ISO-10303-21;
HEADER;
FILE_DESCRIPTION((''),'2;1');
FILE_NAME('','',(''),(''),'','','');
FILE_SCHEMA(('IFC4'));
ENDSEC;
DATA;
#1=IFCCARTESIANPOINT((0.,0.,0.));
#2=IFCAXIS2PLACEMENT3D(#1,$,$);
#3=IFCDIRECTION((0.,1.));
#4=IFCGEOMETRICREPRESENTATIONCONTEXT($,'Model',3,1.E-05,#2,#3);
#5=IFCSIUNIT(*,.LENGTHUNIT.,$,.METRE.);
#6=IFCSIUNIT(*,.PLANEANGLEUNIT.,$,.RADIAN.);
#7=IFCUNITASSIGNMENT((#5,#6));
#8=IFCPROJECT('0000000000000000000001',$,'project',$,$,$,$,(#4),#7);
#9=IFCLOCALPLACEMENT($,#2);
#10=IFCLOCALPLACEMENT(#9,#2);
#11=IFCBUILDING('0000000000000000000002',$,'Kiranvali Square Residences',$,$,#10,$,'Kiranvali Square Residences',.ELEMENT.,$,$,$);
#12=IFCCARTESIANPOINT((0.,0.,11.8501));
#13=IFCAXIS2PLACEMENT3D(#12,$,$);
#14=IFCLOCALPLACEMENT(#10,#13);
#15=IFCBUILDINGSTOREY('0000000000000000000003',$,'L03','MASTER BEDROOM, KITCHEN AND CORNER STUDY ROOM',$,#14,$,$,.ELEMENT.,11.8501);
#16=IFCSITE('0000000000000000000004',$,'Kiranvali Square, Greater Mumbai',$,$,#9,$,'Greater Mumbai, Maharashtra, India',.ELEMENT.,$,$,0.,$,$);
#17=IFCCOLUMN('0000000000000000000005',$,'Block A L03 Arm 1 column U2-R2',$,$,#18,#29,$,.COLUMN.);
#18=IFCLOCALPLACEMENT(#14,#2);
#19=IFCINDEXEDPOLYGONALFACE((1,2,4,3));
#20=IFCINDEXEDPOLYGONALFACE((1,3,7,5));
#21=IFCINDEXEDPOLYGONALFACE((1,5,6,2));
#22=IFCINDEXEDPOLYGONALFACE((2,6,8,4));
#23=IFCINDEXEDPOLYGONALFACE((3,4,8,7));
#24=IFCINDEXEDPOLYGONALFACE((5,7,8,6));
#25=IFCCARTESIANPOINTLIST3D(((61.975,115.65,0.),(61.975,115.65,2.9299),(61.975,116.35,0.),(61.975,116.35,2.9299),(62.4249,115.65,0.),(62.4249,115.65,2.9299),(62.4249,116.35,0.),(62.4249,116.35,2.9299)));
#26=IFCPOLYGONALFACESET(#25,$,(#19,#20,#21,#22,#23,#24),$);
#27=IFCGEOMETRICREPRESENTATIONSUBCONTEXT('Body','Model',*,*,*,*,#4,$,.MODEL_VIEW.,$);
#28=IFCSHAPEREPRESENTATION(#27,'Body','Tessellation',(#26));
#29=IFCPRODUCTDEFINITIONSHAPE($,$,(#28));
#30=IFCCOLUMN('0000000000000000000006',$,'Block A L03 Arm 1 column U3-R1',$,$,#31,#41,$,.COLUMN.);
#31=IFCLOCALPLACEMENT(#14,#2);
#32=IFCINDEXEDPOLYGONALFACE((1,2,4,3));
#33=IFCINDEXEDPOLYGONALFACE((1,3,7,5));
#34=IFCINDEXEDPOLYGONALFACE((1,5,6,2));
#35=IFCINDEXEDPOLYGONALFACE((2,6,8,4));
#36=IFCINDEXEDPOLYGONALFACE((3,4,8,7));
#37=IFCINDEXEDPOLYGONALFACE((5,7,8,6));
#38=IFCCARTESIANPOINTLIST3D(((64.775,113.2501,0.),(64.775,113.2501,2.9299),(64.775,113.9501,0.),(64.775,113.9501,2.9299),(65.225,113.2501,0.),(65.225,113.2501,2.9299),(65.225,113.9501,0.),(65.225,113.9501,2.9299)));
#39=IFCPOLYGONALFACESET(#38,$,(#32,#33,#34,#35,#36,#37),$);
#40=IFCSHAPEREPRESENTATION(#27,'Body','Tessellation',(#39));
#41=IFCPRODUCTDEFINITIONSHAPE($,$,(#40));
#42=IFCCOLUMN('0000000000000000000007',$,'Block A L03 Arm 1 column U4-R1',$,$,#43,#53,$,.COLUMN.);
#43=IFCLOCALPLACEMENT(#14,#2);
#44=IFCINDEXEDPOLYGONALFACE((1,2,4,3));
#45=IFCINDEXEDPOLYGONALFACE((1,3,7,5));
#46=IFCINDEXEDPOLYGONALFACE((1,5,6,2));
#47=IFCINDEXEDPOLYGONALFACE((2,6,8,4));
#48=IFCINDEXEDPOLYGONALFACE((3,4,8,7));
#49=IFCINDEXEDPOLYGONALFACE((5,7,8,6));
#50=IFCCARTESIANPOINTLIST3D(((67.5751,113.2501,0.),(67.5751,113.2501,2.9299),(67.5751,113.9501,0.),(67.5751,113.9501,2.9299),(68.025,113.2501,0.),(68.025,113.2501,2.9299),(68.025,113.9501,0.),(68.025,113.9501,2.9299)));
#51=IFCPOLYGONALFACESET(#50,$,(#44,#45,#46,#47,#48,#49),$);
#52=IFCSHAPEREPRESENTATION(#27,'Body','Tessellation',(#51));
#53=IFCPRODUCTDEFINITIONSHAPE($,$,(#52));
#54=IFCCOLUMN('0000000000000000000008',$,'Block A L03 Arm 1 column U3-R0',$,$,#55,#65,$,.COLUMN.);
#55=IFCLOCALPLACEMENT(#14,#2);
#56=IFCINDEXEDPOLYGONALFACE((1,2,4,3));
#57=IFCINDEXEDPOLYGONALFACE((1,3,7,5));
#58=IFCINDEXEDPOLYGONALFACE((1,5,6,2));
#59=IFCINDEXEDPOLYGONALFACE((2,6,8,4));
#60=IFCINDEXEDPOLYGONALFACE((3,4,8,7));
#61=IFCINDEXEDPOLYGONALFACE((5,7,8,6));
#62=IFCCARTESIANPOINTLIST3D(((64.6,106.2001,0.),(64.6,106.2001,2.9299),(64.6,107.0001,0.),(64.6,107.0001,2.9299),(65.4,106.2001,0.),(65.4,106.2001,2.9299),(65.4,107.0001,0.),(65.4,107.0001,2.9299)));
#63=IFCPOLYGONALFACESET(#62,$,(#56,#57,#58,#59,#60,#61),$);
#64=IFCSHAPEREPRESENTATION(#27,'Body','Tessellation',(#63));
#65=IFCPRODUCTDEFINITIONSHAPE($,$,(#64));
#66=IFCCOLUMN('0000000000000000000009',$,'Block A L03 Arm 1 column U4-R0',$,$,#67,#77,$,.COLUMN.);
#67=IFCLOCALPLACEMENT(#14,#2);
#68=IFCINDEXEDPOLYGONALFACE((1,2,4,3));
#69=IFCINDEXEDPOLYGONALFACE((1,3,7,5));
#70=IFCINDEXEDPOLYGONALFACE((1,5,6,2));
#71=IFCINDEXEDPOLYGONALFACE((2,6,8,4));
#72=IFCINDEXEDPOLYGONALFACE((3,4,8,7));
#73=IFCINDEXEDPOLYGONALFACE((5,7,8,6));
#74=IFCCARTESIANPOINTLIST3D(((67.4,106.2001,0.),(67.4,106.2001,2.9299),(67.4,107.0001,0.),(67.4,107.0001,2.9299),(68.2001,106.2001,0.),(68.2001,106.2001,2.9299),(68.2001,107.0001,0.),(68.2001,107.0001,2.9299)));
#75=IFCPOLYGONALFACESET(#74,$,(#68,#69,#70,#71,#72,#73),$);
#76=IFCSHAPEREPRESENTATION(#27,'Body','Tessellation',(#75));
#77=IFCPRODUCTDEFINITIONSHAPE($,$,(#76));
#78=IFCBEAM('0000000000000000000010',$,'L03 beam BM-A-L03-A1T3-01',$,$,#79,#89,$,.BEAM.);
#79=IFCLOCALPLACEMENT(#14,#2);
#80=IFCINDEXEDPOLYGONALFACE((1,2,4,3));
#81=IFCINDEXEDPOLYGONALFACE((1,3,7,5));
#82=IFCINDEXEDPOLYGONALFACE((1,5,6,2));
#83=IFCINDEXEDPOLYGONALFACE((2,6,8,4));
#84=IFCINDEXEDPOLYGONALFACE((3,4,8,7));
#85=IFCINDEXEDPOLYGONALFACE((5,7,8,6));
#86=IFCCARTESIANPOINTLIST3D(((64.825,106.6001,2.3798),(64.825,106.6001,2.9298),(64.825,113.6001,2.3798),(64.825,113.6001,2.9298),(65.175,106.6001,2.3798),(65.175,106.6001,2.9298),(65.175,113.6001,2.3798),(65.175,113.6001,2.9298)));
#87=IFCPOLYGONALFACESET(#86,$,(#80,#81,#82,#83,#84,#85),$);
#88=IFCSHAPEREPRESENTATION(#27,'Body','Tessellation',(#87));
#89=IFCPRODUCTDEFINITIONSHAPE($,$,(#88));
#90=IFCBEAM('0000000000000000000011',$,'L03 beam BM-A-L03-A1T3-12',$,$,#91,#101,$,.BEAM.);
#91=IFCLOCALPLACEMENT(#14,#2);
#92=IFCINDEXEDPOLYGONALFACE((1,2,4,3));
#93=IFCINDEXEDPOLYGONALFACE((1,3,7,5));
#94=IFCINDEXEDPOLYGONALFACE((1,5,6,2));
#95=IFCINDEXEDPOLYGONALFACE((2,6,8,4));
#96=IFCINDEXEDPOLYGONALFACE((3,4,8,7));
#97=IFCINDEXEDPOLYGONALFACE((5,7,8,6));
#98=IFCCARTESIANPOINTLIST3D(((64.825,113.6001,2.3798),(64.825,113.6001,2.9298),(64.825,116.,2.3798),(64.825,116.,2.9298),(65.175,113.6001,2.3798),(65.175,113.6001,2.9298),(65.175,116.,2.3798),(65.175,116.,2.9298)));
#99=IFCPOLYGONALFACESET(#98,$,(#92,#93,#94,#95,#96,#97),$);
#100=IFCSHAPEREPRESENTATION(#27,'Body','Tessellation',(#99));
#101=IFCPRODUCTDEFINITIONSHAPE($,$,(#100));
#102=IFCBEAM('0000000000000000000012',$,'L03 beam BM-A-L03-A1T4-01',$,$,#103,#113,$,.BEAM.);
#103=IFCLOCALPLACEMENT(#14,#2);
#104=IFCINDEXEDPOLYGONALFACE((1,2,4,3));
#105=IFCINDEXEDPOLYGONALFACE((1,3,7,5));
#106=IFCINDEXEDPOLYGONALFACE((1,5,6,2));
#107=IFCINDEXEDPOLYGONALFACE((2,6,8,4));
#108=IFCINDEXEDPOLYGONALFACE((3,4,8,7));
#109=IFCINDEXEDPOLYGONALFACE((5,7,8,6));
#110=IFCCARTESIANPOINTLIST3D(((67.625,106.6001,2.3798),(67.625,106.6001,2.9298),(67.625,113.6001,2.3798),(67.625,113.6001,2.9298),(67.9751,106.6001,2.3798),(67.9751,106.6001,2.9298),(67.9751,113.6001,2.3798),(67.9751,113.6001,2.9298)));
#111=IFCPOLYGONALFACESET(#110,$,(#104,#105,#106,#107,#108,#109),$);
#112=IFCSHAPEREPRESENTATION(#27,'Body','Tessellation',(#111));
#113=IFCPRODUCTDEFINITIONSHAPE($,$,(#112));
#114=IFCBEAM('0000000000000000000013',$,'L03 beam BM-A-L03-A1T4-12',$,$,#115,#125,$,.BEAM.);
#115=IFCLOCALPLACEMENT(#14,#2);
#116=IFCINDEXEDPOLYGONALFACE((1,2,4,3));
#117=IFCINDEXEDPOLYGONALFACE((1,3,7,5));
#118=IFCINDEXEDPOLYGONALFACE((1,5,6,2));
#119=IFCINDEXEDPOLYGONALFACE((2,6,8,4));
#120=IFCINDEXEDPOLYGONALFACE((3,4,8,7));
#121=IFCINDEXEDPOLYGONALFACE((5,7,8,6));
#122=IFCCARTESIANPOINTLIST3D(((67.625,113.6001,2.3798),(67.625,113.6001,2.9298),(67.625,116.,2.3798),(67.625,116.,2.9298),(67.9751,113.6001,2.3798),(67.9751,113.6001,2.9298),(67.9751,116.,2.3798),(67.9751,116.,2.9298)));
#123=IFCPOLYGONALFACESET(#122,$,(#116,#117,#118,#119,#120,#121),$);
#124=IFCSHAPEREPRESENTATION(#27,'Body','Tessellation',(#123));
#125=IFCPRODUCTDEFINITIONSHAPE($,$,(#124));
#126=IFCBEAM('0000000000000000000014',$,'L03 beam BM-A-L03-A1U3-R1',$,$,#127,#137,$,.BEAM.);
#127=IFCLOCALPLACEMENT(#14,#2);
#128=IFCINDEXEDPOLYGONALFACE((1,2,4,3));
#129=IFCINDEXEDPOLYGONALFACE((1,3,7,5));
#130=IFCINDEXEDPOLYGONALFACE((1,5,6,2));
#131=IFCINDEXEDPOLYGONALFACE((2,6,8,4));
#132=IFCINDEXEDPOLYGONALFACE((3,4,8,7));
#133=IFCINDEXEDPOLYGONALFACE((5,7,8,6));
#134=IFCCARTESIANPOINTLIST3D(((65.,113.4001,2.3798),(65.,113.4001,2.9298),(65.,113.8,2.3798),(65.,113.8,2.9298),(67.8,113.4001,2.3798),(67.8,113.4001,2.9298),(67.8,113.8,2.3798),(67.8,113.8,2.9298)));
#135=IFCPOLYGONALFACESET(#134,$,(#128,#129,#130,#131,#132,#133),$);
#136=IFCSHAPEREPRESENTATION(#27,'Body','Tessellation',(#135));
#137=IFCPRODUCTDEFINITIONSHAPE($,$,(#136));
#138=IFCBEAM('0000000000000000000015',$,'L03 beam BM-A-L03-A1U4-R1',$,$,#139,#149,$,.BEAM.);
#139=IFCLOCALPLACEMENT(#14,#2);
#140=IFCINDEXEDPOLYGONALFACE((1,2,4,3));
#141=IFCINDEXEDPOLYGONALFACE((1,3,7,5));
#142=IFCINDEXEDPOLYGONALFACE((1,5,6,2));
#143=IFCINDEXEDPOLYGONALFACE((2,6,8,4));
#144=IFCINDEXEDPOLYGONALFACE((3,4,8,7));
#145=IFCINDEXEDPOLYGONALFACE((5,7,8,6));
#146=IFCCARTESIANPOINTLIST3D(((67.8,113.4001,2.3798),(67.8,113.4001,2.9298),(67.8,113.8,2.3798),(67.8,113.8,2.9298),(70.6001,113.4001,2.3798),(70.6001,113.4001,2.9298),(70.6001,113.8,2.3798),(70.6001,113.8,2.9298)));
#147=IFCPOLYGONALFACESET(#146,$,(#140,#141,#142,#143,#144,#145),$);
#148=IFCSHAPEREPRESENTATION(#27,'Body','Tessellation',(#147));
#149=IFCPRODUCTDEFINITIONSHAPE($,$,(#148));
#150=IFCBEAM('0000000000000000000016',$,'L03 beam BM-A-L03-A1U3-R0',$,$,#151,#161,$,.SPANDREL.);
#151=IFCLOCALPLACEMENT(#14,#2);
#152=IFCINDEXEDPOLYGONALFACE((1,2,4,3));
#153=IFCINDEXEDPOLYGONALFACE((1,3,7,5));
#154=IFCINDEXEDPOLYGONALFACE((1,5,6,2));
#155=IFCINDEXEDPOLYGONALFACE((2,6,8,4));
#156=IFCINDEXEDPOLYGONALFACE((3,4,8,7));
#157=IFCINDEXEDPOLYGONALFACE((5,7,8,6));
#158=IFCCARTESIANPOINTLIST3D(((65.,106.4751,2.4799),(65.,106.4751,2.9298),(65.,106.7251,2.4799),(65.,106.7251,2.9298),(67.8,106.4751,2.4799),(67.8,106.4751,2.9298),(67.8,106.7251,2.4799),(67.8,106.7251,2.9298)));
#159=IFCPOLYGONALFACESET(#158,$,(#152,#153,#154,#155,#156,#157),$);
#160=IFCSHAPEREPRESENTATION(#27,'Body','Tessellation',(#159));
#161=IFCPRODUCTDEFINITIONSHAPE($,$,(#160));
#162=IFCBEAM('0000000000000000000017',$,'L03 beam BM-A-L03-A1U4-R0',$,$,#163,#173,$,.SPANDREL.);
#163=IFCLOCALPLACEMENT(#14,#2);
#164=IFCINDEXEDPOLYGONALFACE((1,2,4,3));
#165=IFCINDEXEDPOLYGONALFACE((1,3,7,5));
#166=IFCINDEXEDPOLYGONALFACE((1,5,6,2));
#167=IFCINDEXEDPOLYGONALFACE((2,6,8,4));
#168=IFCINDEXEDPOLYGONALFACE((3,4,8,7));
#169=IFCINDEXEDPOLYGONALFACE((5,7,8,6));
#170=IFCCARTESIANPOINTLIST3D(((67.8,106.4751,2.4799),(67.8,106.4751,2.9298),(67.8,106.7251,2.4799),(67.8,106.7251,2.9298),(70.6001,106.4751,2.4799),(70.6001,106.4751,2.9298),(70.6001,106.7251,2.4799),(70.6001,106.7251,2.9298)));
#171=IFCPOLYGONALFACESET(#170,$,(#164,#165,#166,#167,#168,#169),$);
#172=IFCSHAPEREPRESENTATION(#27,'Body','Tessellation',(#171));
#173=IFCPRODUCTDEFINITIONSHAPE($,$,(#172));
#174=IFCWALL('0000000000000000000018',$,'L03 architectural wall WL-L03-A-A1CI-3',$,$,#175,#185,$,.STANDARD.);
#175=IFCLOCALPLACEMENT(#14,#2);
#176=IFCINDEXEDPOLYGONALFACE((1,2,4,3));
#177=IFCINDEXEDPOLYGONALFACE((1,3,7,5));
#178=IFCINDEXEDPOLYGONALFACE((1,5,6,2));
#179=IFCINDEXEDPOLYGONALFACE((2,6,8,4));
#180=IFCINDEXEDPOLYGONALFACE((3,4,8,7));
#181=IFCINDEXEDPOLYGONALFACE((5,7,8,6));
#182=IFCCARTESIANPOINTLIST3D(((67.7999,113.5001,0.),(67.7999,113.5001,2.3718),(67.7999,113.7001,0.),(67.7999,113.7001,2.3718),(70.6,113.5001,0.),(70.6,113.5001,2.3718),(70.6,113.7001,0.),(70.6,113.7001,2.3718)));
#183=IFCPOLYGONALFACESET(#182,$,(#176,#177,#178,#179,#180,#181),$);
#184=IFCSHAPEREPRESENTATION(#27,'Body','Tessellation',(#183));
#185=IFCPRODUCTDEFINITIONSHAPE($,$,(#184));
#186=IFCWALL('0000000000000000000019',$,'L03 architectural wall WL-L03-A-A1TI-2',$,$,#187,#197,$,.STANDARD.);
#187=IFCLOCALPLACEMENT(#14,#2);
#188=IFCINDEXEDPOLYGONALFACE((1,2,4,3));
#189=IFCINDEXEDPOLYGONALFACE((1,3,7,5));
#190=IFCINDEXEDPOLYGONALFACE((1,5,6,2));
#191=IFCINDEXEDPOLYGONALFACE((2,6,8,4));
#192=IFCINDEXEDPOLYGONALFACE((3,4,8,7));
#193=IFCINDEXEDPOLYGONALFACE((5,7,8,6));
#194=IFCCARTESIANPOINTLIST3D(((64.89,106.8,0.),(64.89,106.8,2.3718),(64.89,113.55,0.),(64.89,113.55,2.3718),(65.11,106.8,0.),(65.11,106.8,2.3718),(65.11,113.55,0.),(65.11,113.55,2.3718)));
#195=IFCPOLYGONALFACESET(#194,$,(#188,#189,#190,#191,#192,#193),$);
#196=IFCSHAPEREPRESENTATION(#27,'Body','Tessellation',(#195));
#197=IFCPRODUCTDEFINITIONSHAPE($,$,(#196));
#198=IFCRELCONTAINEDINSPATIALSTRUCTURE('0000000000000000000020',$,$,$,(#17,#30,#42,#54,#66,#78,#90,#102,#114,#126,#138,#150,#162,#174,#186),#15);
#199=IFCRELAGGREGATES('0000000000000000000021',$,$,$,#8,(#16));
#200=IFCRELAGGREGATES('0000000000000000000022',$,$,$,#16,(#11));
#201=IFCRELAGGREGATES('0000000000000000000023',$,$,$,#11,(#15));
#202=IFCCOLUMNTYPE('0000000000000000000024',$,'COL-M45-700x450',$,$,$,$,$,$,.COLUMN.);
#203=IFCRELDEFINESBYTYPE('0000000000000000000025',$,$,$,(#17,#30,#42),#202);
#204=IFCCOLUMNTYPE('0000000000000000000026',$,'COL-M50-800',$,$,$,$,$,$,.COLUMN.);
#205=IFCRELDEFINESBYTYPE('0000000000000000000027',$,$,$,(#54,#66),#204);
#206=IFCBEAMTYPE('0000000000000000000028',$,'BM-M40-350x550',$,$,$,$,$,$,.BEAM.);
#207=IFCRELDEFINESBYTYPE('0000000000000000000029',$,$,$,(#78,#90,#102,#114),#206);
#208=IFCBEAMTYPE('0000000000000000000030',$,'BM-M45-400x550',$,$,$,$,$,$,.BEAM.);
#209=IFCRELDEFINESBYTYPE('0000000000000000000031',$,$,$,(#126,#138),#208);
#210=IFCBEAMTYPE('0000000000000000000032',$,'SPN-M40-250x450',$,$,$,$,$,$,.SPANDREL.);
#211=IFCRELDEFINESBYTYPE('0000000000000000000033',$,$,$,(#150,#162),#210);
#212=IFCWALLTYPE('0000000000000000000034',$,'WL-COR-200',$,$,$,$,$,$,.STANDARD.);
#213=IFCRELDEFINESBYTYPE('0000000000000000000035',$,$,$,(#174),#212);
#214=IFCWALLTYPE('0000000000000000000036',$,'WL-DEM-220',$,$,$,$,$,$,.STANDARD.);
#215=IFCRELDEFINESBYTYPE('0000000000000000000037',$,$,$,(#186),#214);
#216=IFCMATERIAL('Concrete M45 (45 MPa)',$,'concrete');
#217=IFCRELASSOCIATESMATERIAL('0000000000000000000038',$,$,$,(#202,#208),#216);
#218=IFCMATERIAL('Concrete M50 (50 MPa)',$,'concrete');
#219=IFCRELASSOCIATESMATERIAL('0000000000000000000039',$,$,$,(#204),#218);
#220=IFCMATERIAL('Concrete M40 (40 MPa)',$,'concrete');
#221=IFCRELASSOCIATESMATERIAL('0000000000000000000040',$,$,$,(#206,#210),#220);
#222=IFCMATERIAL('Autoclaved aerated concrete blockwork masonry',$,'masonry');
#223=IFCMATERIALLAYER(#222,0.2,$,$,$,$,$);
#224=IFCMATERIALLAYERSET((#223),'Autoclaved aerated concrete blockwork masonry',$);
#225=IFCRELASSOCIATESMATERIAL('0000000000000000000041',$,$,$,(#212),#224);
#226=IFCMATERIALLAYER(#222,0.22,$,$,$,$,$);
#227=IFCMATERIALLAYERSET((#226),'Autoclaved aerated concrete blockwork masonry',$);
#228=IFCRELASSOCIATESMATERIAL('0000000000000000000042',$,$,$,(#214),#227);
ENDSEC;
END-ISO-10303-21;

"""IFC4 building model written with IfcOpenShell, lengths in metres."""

from ifc_helpers import new_model, si_unit, direction, frame, frame_2d, origin, origin_2d, place, context, subcontext, project, spatial, rectangle, extrude, material, layer, layer_set, material_profile, profile_set, type_object, element, save


model = new_model("IFC4")

# Units and contexts
model_context = context("Model", 3, precision=1e-05, world=origin(), true_north=direction((0.0, 1.0)))
body_context = subcontext(model_context, "Body", "Model", "MODEL_VIEW")
ifc_project = project(units=[si_unit("LENGTHUNIT", "METRE"), si_unit("PLANEANGLEUNIT", "RADIAN")], contexts=[model_context])

# Site, building, storey
site_placement = place(None, origin())
site = spatial("IfcSite", under=ifc_project, at=site_placement, Name="Kiranvali Square, Greater Mumbai", LongName="Greater Mumbai, Maharashtra, India", CompositionType="ELEMENT", RefElevation=0.0)
building_placement = place(site_placement, origin())
building = spatial("IfcBuilding", under=site, at=building_placement, Name="Kiranvali Square Residences", LongName="Kiranvali Square Residences", CompositionType="ELEMENT")
storey_placement = place(building_placement, frame((0.0, 0.0, 11.8501)))
storey = spatial("IfcBuildingStorey", under=building, at=storey_placement, Name="L03", Description="MASTER BEDROOM, KITCHEN AND CORNER STUDY ROOM", CompositionType="ELEMENT", Elevation=11.8501)

# Columns
ifc_material_1 = material(Name="Concrete M45 (45 MPa)", Category="concrete")
ifc_material_profile_1 = material_profile(ifc_material_1, rectangle(XDim=0.45, YDim=0.7, at=origin_2d()), Name="RC 700x450")
ifc_profile_set_1 = profile_set([ifc_material_profile_1], Name="Concrete M45 (45 MPa)")
column_type_1 = type_object("IfcColumnType", Name="COL-M45-700x450", PredefinedType="COLUMN", material=ifc_profile_set_1)
for number, where, z_axis, x_axis, name in (
    (1, (62.2, 116.0, 0.0), (0.0, 0.0, 1.0), (1.0, 0.0, 0.0), "Block A L03 Arm 1 column U2-R2"),
    (2, (65.0, 113.6001, 0.0), (0.0, 0.0, 1.0), (1.0, 0.0, 0.0), "Block A L03 Arm 1 column U3-R1"),
    (3, (67.8, 113.6001, 0.0), (0.0, 0.0, 1.0), (1.0, 0.0, 0.0), "Block A L03 Arm 1 column U4-R1"),
):
    element("IfcColumn", number, at=place(storey_placement, frame(where, z_axis=z_axis, x_axis=x_axis)), inside=storey, type_object=column_type_1, Name=name, PredefinedType="COLUMN", context=body_context, shape_type="SweptSolid", body=[
        extrude(rectangle(XDim=0.45, YDim=0.7, at=origin_2d()), origin(), (0.0, 0.0, 1.0), 2.9299),
    ])
ifc_material_2 = material(Name="Concrete M50 (50 MPa)", Category="concrete")
ifc_material_profile_2 = material_profile(ifc_material_2, rectangle(XDim=0.8, YDim=0.8, at=origin_2d()), Name="RC 800x800")
ifc_profile_set_2 = profile_set([ifc_material_profile_2], Name="Concrete M50 (50 MPa)")
column_type_2 = type_object("IfcColumnType", Name="COL-M50-800", PredefinedType="COLUMN", material=ifc_profile_set_2)
for number, where, z_axis, x_axis, name in (
    (4, (65.0, 106.6001, 0.0), (0.0, 0.0, 1.0), (1.0, 0.0, 0.0), "Block A L03 Arm 1 column U3-R0"),
    (5, (67.8, 106.6001, 0.0), (0.0, 0.0, 1.0), (1.0, 0.0, 0.0), "Block A L03 Arm 1 column U4-R0"),
):
    element("IfcColumn", number, at=place(storey_placement, frame(where, z_axis=z_axis, x_axis=x_axis)), inside=storey, type_object=column_type_2, Name=name, PredefinedType="COLUMN", context=body_context, shape_type="SweptSolid", body=[
        extrude(rectangle(XDim=0.8, YDim=0.8, at=origin_2d()), origin(), (0.0, 0.0, 1.0), 2.9299),
    ])

# Beams
ifc_material_3 = material(Name="Concrete M40 (40 MPa)", Category="concrete")
ifc_material_profile_3 = material_profile(ifc_material_3, rectangle(XDim=0.3501, YDim=0.55, at=origin_2d()), Name="RC 350x550")
ifc_profile_set_3 = profile_set([ifc_material_profile_3], Name="Concrete M40 (40 MPa)")
beam_type_1 = type_object("IfcBeamType", Name="BM-M40-350x550", PredefinedType="BEAM", material=ifc_profile_set_3)
beam_1_placement = place(storey_placement, frame((65.0, 106.6001, 2.6548), z_axis=(0.0, 1.0, 0.0), x_axis=(-1.0, 0.0, 0.0)))
element("IfcBeam", 6, at=beam_1_placement, inside=storey, type_object=beam_type_1, Name="L03 beam BM-A-L03-A1T3-01", PredefinedType="BEAM", context=body_context, shape_type="SweptSolid", body=[
    extrude(rectangle(XDim=0.3501, YDim=0.55, at=origin_2d()), origin(), (0.0, 0.0, 1.0), 7.0),
])
beam_2_placement = place(storey_placement, frame((65.0, 113.6001, 2.6548), z_axis=(0.0, 1.0, 0.0), x_axis=(-1.0, 0.0, 0.0)))
element("IfcBeam", 7, at=beam_2_placement, inside=storey, type_object=beam_type_1, Name="L03 beam BM-A-L03-A1T3-12", PredefinedType="BEAM", context=body_context, shape_type="SweptSolid", body=[
    extrude(rectangle(XDim=0.3501, YDim=0.55, at=origin_2d()), origin(), (0.0, 0.0, 1.0), 2.3999),
])
beam_3_placement = place(storey_placement, frame((67.8, 106.6001, 2.6548), z_axis=(0.0, 1.0, 0.0), x_axis=(-1.0, 0.0, 0.0)))
element("IfcBeam", 8, at=beam_3_placement, inside=storey, type_object=beam_type_1, Name="L03 beam BM-A-L03-A1T4-01", PredefinedType="BEAM", context=body_context, shape_type="SweptSolid", body=[
    extrude(rectangle(XDim=0.3501, YDim=0.55, at=origin_2d()), origin(), (0.0, 0.0, 1.0), 7.0),
])
beam_4_placement = place(storey_placement, frame((67.8, 113.6001, 2.6548), z_axis=(0.0, 1.0, 0.0), x_axis=(-1.0, 0.0, 0.0)))
element("IfcBeam", 9, at=beam_4_placement, inside=storey, type_object=beam_type_1, Name="L03 beam BM-A-L03-A1T4-12", PredefinedType="BEAM", context=body_context, shape_type="SweptSolid", body=[
    extrude(rectangle(XDim=0.3501, YDim=0.55, at=origin_2d()), origin(), (0.0, 0.0, 1.0), 2.3999),
])
ifc_material_profile_4 = material_profile(ifc_material_1, rectangle(XDim=0.3999, YDim=0.55, at=origin_2d()), Name="RC 400x550")
ifc_profile_set_4 = profile_set([ifc_material_profile_4], Name="Concrete M45 (45 MPa)")
beam_type_2 = type_object("IfcBeamType", Name="BM-M45-400x550", PredefinedType="BEAM", material=ifc_profile_set_4)
for number, where, z_axis, x_axis, name in (
    (10, (65.0, 113.6001, 2.6548), (1.0, 0.0, 0.0), (0.0, 1.0, 0.0), "L03 beam BM-A-L03-A1U3-R1"),
    (11, (67.8, 113.6001, 2.6548), (1.0, 0.0, 0.0), (0.0, 1.0, 0.0), "L03 beam BM-A-L03-A1U4-R1"),
):
    element("IfcBeam", number, at=place(storey_placement, frame(where, z_axis=z_axis, x_axis=x_axis)), inside=storey, type_object=beam_type_2, Name=name, PredefinedType="BEAM", context=body_context, shape_type="SweptSolid", body=[
        extrude(rectangle(XDim=0.3999, YDim=0.55, at=origin_2d()), origin(), (0.0, 0.0, 1.0), 2.8),
    ])
ifc_material_profile_5 = material_profile(ifc_material_3, rectangle(XDim=0.25, YDim=0.45, at=origin_2d()), Name="RC 250x450")
ifc_profile_set_5 = profile_set([ifc_material_profile_5], Name="Concrete M40 (40 MPa)")
beam_type_3 = type_object("IfcBeamType", Name="SPN-M40-250x450", PredefinedType="SPANDREL", material=ifc_profile_set_5)
for number, where, z_axis, x_axis, name in (
    (12, (65.0, 106.6001, 2.7048), (1.0, 0.0, 0.0), (0.0, 1.0, 0.0), "L03 beam BM-A-L03-A1U3-R0"),
    (13, (67.8, 106.6001, 2.7048), (1.0, 0.0, 0.0), (0.0, 1.0, 0.0), "L03 beam BM-A-L03-A1U4-R0"),
):
    element("IfcBeam", number, at=place(storey_placement, frame(where, z_axis=z_axis, x_axis=x_axis)), inside=storey, type_object=beam_type_3, Name=name, PredefinedType="SPANDREL", context=body_context, shape_type="SweptSolid", body=[
        extrude(rectangle(XDim=0.25, YDim=0.45, at=origin_2d()), origin(), (0.0, 0.0, 1.0), 2.8),
    ])

# Shared definitions
ifc_material_4 = material(Name="Autoclaved aerated concrete blockwork masonry", Category="masonry")
ifc_layer_1 = layer(ifc_material_4, 0.2)
ifc_layer_set_1 = layer_set([ifc_layer_1], Name="Autoclaved aerated concrete blockwork masonry")
wall_type_1 = type_object("IfcWallType", Name="WL-COR-200", PredefinedType="STANDARD", material=ifc_layer_set_1)

# Walls
wall_1_placement = place(storey_placement, frame((67.8, 113.6001, 0.0), z_axis=(0.0, 0.0, 1.0), x_axis=(1.0, 0.0, 0.0)))
element("IfcWall", 14, at=wall_1_placement, inside=storey, type_object=wall_type_1, Name="L03 architectural wall WL-L03-A-A1CI-3", PredefinedType="STANDARD", context=body_context, shape_type="SweptSolid", body=[
    extrude(rectangle(XDim=2.8, YDim=0.2, at=frame_2d((1.3999, 0.0))), origin(), (0.0, 0.0, 1.0), 2.3718),
])
ifc_layer_2 = layer(ifc_material_4, 0.22)
ifc_layer_set_2 = layer_set([ifc_layer_2], Name="Autoclaved aerated concrete blockwork masonry")
wall_type_2 = type_object("IfcWallType", Name="WL-DEM-220", PredefinedType="STANDARD", material=ifc_layer_set_2)
wall_2_placement = place(storey_placement, frame((65.0, 106.8, 0.0), z_axis=(0.0, 0.0, 1.0), x_axis=(0.0, 1.0, 0.0)))
element("IfcWall", 15, at=wall_2_placement, inside=storey, type_object=wall_type_2, Name="L03 architectural wall WL-L03-A-A1TI-2", PredefinedType="STANDARD", context=body_context, shape_type="SweptSolid", body=[
    extrude(rectangle(XDim=6.75, YDim=0.22, at=frame_2d((3.375, 0.0))), origin(), (0.0, 0.0, 1.0), 2.3718),
])

save(model, "model.ifc")
